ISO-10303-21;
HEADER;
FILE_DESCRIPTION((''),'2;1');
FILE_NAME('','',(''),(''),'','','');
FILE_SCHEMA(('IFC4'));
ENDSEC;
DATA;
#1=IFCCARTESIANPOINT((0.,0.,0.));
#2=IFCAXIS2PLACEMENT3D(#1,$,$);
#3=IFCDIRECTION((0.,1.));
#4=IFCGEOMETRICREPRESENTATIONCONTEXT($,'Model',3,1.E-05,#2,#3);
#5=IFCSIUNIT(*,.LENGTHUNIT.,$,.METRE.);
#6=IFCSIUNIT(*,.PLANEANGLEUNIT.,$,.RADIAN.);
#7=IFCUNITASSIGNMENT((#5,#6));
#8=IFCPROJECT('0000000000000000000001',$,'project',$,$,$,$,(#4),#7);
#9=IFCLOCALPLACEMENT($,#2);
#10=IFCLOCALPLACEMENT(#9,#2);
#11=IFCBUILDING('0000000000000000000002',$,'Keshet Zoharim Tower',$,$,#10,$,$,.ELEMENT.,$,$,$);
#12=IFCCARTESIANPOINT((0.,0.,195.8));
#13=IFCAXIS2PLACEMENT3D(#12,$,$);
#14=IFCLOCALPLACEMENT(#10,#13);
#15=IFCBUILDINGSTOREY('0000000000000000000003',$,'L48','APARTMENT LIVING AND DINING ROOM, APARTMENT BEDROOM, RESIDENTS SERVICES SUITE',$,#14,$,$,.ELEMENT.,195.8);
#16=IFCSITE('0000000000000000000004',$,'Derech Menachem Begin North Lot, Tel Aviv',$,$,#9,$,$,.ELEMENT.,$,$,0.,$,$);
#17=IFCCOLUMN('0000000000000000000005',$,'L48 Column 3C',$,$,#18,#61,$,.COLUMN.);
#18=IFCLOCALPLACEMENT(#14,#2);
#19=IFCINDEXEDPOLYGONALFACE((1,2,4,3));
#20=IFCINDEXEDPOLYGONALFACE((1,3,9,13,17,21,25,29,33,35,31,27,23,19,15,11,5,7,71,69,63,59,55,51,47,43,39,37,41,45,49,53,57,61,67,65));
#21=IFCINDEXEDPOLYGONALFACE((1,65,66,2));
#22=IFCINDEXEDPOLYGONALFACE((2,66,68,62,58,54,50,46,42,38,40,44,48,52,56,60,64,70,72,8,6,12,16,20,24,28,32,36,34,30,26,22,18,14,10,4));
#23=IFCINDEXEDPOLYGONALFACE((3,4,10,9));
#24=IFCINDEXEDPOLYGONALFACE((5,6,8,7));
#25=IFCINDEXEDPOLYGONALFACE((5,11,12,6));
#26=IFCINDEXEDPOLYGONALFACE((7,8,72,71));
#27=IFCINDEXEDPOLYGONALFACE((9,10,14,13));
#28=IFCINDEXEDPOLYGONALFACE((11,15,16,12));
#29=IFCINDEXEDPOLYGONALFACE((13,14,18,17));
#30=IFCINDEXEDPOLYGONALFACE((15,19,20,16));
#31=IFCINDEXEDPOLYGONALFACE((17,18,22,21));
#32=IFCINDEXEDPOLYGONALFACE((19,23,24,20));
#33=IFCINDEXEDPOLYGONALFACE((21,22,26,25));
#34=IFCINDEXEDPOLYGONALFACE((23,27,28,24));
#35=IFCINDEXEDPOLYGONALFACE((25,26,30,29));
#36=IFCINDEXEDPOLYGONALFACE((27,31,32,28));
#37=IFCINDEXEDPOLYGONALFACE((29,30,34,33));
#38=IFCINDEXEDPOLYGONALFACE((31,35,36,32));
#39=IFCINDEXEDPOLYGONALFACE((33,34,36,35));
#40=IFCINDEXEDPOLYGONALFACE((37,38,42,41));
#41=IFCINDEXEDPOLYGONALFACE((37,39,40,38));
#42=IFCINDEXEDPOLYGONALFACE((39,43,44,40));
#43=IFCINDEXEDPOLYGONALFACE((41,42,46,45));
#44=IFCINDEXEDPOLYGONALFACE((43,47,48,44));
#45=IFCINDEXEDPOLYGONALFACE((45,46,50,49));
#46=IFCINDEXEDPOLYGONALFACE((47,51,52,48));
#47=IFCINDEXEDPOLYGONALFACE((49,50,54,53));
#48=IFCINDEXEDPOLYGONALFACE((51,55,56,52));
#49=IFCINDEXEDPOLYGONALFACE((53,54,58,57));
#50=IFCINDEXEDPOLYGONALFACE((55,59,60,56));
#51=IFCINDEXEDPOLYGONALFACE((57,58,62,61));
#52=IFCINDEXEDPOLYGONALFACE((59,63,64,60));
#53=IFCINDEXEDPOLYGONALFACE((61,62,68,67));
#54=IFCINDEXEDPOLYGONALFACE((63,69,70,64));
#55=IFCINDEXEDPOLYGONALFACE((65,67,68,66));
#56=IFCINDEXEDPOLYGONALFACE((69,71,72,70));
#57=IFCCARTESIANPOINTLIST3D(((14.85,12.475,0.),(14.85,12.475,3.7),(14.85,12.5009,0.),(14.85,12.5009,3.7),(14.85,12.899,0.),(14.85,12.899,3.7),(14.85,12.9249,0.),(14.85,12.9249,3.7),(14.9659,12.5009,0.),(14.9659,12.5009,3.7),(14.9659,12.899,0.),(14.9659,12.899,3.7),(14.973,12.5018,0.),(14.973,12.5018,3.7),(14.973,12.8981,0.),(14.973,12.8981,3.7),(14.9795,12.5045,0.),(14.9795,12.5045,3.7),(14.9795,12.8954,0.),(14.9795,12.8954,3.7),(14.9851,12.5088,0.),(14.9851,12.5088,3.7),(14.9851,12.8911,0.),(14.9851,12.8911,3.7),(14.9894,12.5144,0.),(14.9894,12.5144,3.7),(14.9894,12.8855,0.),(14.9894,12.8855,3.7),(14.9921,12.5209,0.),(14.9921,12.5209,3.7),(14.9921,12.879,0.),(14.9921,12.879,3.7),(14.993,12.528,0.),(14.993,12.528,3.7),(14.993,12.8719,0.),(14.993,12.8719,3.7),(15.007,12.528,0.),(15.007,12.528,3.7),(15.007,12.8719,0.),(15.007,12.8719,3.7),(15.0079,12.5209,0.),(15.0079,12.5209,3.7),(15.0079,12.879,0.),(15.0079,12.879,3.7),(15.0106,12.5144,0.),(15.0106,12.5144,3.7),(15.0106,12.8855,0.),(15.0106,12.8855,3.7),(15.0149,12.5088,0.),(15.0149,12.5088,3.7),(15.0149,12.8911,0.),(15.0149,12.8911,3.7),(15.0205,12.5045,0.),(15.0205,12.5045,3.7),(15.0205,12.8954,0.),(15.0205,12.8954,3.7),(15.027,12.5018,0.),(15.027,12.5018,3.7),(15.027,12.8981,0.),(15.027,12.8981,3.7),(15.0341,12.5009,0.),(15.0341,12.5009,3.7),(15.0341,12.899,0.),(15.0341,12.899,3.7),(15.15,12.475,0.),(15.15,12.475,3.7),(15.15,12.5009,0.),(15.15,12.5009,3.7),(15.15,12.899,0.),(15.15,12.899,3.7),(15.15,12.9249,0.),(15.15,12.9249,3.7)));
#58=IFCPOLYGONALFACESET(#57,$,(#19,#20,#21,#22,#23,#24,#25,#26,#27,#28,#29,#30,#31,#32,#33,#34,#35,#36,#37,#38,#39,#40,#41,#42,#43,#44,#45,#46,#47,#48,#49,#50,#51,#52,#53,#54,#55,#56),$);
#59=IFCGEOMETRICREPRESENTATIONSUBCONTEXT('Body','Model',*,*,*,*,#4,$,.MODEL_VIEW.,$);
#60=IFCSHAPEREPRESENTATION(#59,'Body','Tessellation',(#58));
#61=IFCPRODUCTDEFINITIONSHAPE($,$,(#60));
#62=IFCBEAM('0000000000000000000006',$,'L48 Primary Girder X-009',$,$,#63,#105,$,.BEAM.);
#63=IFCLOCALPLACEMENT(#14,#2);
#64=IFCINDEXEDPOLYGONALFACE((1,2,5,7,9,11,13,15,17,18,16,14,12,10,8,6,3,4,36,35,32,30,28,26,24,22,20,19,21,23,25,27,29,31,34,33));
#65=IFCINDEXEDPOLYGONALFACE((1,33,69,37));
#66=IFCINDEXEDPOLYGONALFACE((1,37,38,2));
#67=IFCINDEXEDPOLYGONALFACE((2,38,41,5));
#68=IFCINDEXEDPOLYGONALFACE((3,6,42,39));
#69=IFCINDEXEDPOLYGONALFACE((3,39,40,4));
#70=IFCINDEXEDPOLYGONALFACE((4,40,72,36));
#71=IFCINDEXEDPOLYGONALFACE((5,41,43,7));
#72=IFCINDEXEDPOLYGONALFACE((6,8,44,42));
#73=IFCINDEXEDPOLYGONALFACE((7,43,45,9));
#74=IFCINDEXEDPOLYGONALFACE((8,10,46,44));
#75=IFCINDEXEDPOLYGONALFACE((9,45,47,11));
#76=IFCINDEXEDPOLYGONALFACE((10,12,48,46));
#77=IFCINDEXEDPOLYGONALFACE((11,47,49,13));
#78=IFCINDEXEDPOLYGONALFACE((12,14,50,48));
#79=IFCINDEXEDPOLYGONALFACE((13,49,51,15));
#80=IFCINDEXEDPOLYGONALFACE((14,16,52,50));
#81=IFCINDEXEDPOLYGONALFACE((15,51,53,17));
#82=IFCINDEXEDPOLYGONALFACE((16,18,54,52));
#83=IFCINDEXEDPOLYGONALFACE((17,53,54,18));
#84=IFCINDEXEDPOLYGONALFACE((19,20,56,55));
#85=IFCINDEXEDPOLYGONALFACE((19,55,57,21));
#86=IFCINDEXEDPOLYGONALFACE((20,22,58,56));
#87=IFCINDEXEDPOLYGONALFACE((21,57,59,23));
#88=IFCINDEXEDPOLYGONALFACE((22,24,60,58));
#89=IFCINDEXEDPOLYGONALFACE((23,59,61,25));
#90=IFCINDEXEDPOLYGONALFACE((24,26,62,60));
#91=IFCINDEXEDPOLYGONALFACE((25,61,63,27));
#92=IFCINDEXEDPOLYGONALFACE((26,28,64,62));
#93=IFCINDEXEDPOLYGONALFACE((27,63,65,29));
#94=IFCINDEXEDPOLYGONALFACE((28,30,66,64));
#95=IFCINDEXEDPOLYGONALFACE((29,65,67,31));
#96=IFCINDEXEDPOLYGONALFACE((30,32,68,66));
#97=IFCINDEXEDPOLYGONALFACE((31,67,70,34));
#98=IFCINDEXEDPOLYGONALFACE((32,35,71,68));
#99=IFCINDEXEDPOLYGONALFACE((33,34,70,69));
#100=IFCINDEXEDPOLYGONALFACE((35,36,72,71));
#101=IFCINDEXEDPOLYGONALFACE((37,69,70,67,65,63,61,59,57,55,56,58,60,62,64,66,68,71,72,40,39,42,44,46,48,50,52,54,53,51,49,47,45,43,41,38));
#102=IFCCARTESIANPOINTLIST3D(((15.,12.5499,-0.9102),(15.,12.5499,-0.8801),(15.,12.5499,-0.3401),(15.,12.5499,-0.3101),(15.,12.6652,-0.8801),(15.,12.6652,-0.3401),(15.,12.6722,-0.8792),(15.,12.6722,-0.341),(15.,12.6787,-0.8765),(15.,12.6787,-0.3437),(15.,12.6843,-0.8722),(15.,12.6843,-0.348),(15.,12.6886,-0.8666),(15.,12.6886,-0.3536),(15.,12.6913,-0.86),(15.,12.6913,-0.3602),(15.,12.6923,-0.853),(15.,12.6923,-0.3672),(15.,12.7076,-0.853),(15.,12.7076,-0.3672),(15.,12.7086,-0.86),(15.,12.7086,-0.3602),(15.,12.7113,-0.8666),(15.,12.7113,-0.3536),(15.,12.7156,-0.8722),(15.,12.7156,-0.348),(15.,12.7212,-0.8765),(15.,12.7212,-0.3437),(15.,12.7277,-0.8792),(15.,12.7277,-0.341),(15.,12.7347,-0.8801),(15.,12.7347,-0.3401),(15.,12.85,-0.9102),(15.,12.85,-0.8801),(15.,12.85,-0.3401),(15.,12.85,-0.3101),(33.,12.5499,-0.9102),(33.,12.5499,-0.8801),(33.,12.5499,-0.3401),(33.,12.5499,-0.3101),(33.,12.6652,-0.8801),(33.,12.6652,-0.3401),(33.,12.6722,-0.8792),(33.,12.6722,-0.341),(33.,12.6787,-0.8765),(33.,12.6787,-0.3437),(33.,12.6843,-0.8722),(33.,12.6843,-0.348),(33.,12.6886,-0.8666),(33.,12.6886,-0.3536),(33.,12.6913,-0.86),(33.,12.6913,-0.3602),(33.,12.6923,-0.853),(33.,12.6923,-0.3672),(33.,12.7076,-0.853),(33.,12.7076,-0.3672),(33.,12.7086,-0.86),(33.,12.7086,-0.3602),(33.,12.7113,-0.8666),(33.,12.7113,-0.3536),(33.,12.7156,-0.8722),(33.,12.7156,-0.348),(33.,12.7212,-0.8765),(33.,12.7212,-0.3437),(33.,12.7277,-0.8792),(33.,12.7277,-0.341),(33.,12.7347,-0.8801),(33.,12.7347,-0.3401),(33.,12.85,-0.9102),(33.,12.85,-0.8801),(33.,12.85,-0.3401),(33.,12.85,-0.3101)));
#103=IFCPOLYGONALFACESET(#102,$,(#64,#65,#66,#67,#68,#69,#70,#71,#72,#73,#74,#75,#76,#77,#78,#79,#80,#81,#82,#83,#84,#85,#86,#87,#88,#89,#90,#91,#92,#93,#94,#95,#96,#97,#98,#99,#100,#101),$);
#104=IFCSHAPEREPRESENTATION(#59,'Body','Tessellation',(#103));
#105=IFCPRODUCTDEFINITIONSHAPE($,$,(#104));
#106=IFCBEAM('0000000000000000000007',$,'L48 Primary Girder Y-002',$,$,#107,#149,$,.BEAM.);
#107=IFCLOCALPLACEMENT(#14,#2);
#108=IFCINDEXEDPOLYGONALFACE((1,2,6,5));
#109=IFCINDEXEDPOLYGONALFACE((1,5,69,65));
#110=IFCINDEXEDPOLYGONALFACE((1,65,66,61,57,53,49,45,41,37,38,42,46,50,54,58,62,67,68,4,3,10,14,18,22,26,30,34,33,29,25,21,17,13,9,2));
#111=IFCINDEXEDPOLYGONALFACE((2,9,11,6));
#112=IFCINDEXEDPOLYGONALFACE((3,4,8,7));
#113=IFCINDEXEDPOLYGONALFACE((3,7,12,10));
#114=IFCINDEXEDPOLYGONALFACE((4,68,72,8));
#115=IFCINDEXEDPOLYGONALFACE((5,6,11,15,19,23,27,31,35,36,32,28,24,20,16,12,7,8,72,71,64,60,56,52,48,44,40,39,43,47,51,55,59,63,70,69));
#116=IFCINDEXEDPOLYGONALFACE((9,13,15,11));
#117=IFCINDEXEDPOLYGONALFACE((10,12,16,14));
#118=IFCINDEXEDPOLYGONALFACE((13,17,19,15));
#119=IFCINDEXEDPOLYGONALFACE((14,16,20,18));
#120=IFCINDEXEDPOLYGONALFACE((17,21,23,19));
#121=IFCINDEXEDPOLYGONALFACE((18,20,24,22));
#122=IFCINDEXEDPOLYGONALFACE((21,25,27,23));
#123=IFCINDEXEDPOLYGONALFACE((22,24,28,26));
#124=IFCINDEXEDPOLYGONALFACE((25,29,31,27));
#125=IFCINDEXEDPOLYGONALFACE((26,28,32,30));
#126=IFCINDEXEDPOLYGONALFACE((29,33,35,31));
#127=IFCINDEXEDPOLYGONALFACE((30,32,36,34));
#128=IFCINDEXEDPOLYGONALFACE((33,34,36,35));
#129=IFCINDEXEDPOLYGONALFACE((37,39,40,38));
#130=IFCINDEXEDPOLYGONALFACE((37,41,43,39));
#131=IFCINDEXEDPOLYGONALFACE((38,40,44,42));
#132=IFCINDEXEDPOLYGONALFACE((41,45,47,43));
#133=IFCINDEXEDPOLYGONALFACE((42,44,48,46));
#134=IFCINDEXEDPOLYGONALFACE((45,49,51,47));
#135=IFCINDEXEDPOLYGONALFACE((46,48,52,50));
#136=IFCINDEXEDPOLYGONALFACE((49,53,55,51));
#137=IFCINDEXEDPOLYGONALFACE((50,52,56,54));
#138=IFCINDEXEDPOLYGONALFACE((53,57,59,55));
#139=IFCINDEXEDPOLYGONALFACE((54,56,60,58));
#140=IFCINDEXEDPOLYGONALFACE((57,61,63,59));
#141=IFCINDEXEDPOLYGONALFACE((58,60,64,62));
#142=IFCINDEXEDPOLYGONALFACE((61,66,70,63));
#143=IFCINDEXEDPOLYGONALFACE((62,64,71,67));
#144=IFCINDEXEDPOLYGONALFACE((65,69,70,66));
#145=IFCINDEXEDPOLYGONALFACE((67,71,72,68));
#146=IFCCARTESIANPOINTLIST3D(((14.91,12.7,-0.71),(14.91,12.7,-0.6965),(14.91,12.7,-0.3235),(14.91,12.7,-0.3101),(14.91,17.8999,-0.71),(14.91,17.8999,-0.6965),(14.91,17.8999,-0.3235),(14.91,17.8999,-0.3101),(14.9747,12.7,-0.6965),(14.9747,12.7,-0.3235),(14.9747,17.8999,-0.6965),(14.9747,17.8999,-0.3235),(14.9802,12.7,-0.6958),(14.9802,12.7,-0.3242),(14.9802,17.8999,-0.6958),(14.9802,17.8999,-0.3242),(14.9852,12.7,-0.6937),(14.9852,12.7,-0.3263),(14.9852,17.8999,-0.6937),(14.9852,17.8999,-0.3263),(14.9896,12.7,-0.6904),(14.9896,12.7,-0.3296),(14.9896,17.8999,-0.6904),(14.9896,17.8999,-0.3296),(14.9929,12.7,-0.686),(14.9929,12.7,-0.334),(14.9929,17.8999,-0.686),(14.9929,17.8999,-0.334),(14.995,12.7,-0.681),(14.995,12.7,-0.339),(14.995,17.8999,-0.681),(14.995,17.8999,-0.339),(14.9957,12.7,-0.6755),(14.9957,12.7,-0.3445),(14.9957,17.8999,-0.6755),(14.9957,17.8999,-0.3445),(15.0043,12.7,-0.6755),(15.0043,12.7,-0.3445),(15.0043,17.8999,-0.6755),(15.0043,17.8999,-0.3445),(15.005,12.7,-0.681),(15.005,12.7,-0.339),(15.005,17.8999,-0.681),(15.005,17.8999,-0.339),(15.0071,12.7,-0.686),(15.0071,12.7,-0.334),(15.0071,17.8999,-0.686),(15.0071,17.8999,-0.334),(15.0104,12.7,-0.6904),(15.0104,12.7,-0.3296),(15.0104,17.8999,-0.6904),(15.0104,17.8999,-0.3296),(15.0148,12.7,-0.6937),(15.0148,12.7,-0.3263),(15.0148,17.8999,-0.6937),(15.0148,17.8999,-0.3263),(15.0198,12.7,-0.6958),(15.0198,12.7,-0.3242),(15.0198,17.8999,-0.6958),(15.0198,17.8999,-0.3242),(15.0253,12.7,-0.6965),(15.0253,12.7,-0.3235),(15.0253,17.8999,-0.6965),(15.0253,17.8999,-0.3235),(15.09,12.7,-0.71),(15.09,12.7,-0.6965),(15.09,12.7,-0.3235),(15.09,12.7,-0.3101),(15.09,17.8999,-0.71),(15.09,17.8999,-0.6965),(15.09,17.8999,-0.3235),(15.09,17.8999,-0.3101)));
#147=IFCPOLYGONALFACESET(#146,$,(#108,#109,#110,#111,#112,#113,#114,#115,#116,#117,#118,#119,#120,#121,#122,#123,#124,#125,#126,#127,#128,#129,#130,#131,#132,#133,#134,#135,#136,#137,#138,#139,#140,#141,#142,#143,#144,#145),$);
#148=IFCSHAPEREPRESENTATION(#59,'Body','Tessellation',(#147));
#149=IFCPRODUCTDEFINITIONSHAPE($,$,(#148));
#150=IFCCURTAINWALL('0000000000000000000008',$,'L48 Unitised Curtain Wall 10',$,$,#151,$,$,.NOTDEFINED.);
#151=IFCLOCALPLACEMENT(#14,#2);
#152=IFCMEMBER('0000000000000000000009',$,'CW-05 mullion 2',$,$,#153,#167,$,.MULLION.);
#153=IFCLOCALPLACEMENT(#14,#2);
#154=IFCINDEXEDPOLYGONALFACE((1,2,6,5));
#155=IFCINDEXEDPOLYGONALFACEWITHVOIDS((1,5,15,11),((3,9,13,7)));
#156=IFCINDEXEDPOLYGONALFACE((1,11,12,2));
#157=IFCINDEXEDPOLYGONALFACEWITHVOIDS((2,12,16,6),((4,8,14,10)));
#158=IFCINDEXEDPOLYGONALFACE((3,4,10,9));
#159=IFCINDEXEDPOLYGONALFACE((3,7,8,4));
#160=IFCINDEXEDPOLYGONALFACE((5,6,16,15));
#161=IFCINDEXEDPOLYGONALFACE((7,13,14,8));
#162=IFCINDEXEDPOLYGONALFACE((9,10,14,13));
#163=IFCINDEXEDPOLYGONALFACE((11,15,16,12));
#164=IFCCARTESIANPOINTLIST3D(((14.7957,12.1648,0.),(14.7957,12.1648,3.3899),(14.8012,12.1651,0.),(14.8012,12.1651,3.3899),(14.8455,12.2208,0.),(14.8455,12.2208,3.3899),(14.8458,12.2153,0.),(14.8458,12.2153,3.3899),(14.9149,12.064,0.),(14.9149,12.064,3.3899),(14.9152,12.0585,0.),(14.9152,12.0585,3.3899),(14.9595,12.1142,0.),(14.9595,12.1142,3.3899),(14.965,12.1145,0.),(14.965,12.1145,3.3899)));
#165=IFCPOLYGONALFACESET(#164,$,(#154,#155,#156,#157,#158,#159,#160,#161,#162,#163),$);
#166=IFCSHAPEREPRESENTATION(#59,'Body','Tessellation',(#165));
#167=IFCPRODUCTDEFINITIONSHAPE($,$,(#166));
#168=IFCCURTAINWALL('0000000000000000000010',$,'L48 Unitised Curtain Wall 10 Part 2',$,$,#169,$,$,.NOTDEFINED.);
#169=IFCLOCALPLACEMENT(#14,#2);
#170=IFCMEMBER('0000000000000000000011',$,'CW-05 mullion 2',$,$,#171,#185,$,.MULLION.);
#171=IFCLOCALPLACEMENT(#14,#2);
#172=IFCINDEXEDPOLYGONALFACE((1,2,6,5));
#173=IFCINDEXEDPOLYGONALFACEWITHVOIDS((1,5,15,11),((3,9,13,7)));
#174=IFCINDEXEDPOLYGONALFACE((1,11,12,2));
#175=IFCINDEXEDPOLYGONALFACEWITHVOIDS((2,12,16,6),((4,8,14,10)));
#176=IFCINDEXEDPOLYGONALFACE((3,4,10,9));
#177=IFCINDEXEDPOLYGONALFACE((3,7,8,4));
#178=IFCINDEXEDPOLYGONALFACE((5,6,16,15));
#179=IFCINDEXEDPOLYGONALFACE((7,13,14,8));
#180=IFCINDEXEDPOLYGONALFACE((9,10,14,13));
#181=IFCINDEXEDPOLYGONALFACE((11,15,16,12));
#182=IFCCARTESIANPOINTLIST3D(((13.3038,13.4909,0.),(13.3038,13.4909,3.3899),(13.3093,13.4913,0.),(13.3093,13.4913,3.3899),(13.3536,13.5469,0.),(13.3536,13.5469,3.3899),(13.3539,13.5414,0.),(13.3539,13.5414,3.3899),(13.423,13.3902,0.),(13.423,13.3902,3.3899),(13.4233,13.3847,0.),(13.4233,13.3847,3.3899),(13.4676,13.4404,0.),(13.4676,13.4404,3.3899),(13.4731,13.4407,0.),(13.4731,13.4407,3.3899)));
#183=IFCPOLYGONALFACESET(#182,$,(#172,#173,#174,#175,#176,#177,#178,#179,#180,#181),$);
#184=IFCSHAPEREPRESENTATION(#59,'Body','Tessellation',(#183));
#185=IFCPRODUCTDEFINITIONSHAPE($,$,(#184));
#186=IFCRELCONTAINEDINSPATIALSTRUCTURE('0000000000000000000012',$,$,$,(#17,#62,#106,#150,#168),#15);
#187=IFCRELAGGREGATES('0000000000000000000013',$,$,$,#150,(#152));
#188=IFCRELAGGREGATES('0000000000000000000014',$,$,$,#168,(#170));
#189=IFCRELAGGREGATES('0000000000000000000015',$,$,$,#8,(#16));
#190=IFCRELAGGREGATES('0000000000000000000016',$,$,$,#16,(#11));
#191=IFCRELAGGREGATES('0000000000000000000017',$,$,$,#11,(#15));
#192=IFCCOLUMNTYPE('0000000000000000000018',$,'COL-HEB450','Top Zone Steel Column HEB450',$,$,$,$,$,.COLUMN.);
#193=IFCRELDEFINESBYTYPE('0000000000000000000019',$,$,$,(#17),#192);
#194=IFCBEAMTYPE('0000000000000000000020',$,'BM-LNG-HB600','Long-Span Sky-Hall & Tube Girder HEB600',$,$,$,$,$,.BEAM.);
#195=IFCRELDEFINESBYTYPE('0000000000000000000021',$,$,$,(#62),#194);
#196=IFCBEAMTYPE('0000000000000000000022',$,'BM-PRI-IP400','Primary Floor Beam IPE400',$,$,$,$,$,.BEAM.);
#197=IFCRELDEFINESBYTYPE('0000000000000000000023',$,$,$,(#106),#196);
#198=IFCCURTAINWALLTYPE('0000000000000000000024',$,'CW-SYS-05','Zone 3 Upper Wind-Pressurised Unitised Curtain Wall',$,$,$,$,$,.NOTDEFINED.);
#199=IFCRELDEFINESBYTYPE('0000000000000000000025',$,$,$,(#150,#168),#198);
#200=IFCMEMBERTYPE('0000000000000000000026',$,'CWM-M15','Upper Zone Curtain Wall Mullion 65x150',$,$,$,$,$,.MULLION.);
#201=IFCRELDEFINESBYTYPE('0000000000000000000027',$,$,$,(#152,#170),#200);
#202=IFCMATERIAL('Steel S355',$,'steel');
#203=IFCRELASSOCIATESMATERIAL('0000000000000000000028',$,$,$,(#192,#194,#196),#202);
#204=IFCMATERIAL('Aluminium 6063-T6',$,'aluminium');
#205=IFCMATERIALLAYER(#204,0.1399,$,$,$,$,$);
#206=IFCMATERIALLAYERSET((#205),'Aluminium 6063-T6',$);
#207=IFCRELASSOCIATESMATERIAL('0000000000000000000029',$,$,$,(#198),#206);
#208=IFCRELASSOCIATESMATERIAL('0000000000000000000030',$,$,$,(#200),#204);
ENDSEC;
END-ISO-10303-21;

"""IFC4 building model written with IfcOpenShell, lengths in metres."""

from ifc_helpers import new_model, si_unit, direction, frame, origin, origin_2d, place, context, subcontext, project, spatial, hollow_rectangle, i_section, extrude, material, layer, layer_set, material_profile, profile_set, type_object, element, aggregate, save


model = new_model("IFC4")

# Units and contexts
model_context = context("Model", 3, precision=1e-05, world=origin(), true_north=direction((0.0, 1.0)))
body_context = subcontext(model_context, "Body", "Model", "MODEL_VIEW")
ifc_project = project(units=[si_unit("LENGTHUNIT", "METRE"), si_unit("PLANEANGLEUNIT", "RADIAN")], contexts=[model_context])

# Site, building, storey
site_placement = place(None, origin())
site = spatial("IfcSite", under=ifc_project, at=site_placement, Name="Derech Menachem Begin North Lot, Tel Aviv", CompositionType="ELEMENT", RefElevation=0.0)
building_placement = place(site_placement, origin())
building = spatial("IfcBuilding", under=site, at=building_placement, Name="Keshet Zoharim Tower", CompositionType="ELEMENT")
storey_placement = place(building_placement, frame((0.0, 0.0, 195.8)))
storey = spatial("IfcBuildingStorey", under=building, at=storey_placement, Name="L48", Description="APARTMENT LIVING AND DINING ROOM, APARTMENT BEDROOM, RESIDENTS SERVICES SUITE", CompositionType="ELEMENT", Elevation=195.8)

# Column
ifc_material_1 = material(Name="Steel S355", Category="steel")
ifc_material_profile_1 = material_profile(ifc_material_1, i_section(OverallWidth=0.3, OverallDepth=0.45, WebThickness=0.0139, FlangeThickness=0.0259, FilletRadius=0.0271, at=origin_2d()), Name="HEB450")
ifc_profile_set_1 = profile_set([ifc_material_profile_1], Name="Steel S355")
column_type = type_object("IfcColumnType", Name="COL-HEB450", Description="Top Zone Steel Column HEB450", PredefinedType="COLUMN", material=ifc_profile_set_1)
column_placement = place(storey_placement, frame((15.0, 12.7, 0.0), z_axis=(0.0, 0.0, 1.0), x_axis=(1.0, 0.0, 0.0)))
element("IfcColumn", 1, at=column_placement, inside=storey, type_object=column_type, Name="L48 Column 3C", PredefinedType="COLUMN", context=body_context, shape_type="SweptSolid", body=[
    extrude(i_section(OverallWidth=0.3, OverallDepth=0.45, WebThickness=0.0139, FlangeThickness=0.0259, FilletRadius=0.0271, at=origin_2d()), origin(), (0.0, 0.0, 1.0), 3.7),
])

# Beams
ifc_material_profile_2 = material_profile(ifc_material_1, i_section(OverallWidth=0.3, OverallDepth=0.6001, WebThickness=0.0154, FlangeThickness=0.03, FilletRadius=0.0271, at=origin_2d()), Name="HEB600")
ifc_profile_set_2 = profile_set([ifc_material_profile_2], Name="Steel S355")
beam_type_1 = type_object("IfcBeamType", Name="BM-LNG-HB600", Description="Long-Span Sky-Hall & Tube Girder HEB600", PredefinedType="BEAM", material=ifc_profile_set_2)
beam_1_placement = place(storey_placement, frame((15.0, 12.7, -0.6101), z_axis=(1.0, 0.0, 0.0), x_axis=(0.0, 1.0, 0.0)))
element("IfcBeam", 2, at=beam_1_placement, inside=storey, type_object=beam_type_1, Name="L48 Primary Girder X-009", PredefinedType="BEAM", context=body_context, shape_type="SweptSolid", body=[
    extrude(i_section(OverallWidth=0.3, OverallDepth=0.6001, WebThickness=0.0154, FlangeThickness=0.03, FilletRadius=0.0271, at=origin_2d()), origin(), (0.0, 0.0, 1.0), 18.0),
])
ifc_material_profile_3 = material_profile(ifc_material_1, i_section(OverallWidth=0.1799, OverallDepth=0.3999, WebThickness=0.0085, FlangeThickness=0.0134, FilletRadius=0.021, at=origin_2d()), Name="IPE400")
ifc_profile_set_3 = profile_set([ifc_material_profile_3], Name="Steel S355")
beam_type_2 = type_object("IfcBeamType", Name="BM-PRI-IP400", Description="Primary Floor Beam IPE400", PredefinedType="BEAM", material=ifc_profile_set_3)
beam_2_placement = place(storey_placement, frame((15.0, 12.7, -0.51), z_axis=(0.0, 1.0, 0.0), x_axis=(-1.0, 0.0, 0.0)))
element("IfcBeam", 3, at=beam_2_placement, inside=storey, type_object=beam_type_2, Name="L48 Primary Girder Y-002", PredefinedType="BEAM", context=body_context, shape_type="SweptSolid", body=[
    extrude(i_section(OverallWidth=0.1799, OverallDepth=0.3999, WebThickness=0.0085, FlangeThickness=0.0134, FilletRadius=0.021, at=origin_2d()), origin(), (0.0, 0.0, 1.0), 5.2),
])

# Curtain wall, member
ifc_material_2 = material(Name="Aluminium 6063-T6", Category="aluminium")
ifc_layer_1 = layer(ifc_material_2, 0.1399)
ifc_layer_set_1 = layer_set([ifc_layer_1], Name="Aluminium 6063-T6")
curtain_wall_type = type_object("IfcCurtainWallType", Name="CW-SYS-05", Description="Zone 3 Upper Wind-Pressurised Unitised Curtain Wall", PredefinedType="NOTDEFINED", material=ifc_layer_set_1)
curtain_wall_1_placement = place(storey_placement, origin())
curtain_wall_1 = element("IfcCurtainWall", 4, at=curtain_wall_1_placement, inside=storey, type_object=curtain_wall_type, Name="L48 Unitised Curtain Wall 10", PredefinedType="NOTDEFINED")
ifc_material_profile_4 = material_profile(ifc_material_2, hollow_rectangle(XDim=0.075, YDim=0.1599, WallThickness=0.0039, at=origin_2d()), Name="MUL-75x160")
ifc_profile_set_4 = profile_set([ifc_material_profile_4], Name="Aluminium 6063-T6")
member_type_1 = type_object("IfcMemberType", Name="CWM-M15", Description="Upper Zone Curtain Wall Mullion 65x150", PredefinedType="MULLION", material=ifc_profile_set_4)
member_1_placement = place(storey_placement, frame((14.8804, 12.1396, 0.0), z_axis=(0.0, 0.0, 1.0), x_axis=(-0.664368, -0.747406, 0.0)))
member_1 = element("IfcMember", 5, at=member_1_placement, type_object=member_type_1, Name="CW-05 mullion 2", PredefinedType="MULLION", context=body_context, shape_type="SweptSolid", body=[
    extrude(hollow_rectangle(XDim=0.075, YDim=0.1599, WallThickness=0.0039, at=origin_2d()), origin(), (0.0, 0.0, 1.0), 3.3899),
])

# Curtain wall, member
curtain_wall_2_placement = place(storey_placement, origin())
curtain_wall_2 = element("IfcCurtainWall", 6, at=curtain_wall_2_placement, inside=storey, type_object=curtain_wall_type, Name="L48 Unitised Curtain Wall 10 Part 2", PredefinedType="NOTDEFINED")
member_2_placement = place(storey_placement, frame((13.3884, 13.4658, 0.0), z_axis=(0.0, 0.0, 1.0), x_axis=(-0.66433, -0.74744, 0.0)))
member_2 = element("IfcMember", 7, at=member_2_placement, type_object=member_type_1, Name="CW-05 mullion 2", PredefinedType="MULLION", context=body_context, shape_type="SweptSolid", body=[
    extrude(hollow_rectangle(XDim=0.075, YDim=0.1599, WallThickness=0.0039, at=origin_2d()), origin(), (0.0, 0.0, 1.0), 3.3899),
])

aggregate(curtain_wall_1, [member_1])
aggregate(curtain_wall_2, [member_2])

save(model, "model.ifc")
